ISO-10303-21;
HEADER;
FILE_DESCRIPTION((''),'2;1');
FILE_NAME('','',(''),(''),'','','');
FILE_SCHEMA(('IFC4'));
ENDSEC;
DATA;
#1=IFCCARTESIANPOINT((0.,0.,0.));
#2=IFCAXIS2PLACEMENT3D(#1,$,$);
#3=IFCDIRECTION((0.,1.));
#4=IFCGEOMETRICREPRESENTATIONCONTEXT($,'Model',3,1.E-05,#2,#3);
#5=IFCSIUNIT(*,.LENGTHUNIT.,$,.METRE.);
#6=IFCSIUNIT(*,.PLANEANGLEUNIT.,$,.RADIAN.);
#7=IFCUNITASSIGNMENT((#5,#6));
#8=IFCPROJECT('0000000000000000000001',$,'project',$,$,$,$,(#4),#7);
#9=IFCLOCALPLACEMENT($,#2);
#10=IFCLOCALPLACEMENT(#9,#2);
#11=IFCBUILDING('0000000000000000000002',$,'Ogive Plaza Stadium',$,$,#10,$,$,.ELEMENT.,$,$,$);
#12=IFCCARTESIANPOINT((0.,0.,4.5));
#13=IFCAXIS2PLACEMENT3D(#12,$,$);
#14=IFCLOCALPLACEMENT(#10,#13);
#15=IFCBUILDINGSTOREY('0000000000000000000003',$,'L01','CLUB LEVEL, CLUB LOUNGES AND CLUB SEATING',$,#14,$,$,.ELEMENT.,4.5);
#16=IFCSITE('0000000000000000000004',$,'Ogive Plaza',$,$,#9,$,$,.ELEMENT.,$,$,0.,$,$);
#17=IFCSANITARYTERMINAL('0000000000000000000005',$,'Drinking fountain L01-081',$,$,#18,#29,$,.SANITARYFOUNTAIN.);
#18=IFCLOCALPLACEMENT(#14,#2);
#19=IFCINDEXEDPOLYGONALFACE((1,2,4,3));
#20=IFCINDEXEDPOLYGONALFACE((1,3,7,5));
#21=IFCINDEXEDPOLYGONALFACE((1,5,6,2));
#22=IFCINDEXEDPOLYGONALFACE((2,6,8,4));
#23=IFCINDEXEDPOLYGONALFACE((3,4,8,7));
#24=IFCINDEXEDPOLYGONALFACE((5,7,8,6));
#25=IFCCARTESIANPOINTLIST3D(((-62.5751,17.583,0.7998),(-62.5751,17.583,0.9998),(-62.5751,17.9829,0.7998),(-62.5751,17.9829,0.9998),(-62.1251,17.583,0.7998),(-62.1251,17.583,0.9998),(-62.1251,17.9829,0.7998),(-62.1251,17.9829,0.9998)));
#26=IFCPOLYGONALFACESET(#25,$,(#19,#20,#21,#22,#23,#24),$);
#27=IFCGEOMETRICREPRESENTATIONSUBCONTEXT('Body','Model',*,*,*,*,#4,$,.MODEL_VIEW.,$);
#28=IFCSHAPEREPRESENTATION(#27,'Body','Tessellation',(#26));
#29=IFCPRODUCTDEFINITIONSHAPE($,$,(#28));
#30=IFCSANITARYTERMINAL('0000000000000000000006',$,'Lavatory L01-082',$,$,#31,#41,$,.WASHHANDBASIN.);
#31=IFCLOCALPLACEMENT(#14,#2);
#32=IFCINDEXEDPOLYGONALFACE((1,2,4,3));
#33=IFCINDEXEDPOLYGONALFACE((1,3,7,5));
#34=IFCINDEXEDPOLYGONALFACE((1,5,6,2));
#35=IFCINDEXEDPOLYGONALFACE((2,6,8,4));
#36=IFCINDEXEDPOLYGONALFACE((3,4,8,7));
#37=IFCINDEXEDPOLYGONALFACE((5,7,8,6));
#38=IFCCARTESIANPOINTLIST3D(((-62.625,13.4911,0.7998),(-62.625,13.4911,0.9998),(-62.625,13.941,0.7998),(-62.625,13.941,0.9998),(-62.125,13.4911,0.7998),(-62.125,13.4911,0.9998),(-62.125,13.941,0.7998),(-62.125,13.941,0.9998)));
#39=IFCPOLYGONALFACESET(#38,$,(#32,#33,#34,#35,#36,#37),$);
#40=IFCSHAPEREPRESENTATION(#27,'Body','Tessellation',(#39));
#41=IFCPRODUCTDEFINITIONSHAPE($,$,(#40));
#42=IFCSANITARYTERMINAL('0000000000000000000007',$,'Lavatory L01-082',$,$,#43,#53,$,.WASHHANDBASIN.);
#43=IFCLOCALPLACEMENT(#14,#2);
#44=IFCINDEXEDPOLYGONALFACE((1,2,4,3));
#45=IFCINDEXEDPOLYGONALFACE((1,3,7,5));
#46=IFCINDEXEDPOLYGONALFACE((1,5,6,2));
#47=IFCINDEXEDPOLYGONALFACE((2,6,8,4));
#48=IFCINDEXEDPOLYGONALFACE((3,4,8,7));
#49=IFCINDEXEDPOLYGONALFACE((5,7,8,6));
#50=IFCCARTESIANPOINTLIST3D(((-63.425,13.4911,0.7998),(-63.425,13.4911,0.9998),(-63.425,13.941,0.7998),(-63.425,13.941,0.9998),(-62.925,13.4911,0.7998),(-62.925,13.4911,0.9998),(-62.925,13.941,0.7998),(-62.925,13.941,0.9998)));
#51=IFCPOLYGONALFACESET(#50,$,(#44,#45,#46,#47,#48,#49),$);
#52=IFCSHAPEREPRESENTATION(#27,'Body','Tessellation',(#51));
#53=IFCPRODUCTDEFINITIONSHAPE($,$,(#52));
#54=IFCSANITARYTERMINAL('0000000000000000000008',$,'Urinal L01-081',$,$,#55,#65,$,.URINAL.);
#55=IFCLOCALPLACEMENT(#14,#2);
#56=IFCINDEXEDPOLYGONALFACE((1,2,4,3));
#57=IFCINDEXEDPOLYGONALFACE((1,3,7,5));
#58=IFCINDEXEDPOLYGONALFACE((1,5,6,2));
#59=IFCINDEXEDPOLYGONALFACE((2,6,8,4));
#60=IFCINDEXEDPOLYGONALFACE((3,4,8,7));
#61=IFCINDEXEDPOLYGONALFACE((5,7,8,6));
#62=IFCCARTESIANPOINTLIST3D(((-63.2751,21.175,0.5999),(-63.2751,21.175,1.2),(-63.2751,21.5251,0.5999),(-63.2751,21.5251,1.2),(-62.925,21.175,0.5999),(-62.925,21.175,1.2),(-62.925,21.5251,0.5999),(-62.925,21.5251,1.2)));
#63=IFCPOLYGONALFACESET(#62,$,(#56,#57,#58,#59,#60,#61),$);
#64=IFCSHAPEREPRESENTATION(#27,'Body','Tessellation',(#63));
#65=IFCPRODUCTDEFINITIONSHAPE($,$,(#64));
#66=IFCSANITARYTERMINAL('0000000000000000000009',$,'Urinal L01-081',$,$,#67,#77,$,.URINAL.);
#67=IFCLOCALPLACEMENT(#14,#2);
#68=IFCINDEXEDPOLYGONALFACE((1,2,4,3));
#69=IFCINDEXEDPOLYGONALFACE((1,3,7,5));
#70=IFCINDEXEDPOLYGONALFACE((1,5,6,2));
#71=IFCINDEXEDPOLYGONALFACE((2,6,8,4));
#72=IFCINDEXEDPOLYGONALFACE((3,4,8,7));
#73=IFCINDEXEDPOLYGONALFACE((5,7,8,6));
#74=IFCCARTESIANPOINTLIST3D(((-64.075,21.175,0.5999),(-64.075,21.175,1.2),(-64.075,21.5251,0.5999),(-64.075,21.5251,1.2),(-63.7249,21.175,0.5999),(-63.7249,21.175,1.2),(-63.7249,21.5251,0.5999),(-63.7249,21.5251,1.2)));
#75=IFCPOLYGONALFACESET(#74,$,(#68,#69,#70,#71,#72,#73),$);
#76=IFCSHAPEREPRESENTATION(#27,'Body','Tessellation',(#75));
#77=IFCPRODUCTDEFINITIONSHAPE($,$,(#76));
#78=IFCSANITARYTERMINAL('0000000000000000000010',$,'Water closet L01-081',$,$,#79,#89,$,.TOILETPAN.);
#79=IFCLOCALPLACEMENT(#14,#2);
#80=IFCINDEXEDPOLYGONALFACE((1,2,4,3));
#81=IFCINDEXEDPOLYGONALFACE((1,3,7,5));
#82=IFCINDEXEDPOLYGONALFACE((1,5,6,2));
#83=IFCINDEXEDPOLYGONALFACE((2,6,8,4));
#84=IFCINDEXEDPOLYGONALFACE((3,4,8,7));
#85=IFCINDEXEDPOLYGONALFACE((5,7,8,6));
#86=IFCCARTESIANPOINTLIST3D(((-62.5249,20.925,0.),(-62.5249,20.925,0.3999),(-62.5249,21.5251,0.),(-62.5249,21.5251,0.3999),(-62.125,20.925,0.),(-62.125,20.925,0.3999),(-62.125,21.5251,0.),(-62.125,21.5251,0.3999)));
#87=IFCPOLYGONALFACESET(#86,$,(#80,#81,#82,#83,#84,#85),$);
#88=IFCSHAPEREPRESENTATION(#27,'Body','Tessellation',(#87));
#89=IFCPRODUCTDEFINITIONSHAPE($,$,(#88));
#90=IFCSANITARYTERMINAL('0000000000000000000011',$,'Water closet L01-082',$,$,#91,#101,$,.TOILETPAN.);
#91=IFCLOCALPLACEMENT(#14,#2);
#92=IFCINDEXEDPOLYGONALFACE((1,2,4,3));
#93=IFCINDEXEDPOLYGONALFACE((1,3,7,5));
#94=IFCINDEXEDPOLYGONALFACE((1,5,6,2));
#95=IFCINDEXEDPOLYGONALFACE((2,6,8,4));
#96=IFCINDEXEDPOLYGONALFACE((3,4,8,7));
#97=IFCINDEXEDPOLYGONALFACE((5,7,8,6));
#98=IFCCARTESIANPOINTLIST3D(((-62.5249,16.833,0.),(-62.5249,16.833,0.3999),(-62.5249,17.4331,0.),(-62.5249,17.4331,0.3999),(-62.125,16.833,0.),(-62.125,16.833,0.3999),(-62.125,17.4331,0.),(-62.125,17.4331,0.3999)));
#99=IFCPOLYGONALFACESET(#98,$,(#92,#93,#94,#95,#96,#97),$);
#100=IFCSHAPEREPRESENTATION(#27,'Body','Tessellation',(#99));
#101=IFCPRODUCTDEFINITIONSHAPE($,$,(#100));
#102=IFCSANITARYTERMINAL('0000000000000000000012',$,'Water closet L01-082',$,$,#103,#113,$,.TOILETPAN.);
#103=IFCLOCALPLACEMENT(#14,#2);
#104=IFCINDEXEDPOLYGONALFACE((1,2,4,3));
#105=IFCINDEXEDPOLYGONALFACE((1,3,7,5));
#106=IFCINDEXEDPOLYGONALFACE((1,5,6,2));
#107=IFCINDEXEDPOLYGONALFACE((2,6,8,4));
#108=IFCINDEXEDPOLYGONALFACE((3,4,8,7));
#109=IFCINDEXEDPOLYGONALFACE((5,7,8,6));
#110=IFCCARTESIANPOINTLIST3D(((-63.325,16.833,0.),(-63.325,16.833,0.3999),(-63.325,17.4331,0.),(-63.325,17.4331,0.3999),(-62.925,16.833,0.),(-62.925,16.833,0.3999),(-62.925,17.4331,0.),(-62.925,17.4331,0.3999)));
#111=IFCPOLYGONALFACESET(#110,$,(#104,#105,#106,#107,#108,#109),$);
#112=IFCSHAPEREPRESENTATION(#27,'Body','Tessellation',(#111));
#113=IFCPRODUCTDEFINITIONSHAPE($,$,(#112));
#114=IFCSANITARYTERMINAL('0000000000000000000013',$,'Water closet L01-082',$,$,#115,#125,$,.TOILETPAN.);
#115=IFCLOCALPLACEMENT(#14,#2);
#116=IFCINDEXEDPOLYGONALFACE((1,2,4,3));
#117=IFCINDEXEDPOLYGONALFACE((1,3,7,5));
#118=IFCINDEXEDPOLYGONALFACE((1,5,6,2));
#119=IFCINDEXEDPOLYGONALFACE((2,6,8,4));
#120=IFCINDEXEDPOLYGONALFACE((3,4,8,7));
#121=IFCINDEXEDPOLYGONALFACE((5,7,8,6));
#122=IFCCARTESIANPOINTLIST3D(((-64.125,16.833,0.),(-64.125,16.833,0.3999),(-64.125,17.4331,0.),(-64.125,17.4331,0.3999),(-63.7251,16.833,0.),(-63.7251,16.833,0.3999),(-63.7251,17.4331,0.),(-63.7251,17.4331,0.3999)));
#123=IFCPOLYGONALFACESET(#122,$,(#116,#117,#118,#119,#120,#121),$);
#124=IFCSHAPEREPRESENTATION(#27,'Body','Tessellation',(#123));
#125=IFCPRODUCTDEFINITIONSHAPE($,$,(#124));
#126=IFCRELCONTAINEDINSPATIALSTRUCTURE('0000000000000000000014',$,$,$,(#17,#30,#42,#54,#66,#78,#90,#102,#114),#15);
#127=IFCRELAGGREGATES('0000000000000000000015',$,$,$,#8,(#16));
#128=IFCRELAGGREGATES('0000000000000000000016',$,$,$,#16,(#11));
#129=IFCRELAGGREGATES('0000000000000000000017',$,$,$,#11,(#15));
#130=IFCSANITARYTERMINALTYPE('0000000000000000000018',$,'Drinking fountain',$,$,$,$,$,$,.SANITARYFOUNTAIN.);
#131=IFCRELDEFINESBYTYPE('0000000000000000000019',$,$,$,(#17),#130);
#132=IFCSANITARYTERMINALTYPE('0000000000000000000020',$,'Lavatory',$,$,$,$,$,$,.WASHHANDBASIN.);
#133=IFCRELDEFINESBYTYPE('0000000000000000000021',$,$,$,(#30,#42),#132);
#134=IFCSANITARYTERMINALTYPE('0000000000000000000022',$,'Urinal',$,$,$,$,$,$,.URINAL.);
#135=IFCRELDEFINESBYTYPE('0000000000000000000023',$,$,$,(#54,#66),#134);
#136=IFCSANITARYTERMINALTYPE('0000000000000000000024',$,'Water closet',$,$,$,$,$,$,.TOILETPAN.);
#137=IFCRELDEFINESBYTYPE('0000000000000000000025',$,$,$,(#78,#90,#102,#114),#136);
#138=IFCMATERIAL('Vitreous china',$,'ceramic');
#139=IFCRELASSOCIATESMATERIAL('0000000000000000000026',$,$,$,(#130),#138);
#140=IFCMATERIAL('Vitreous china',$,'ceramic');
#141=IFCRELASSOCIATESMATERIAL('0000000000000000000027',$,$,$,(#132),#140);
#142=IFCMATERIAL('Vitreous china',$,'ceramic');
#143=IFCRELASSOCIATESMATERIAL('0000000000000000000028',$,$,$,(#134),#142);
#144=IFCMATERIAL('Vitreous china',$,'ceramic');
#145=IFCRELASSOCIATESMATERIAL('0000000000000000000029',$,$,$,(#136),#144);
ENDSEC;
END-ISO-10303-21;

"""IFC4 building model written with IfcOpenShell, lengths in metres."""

from ifc_helpers import new_model, si_unit, direction, frame, origin, origin_2d, place, context, subcontext, project, spatial, rectangle, extrude, material, type_object, element, save


model = new_model("IFC4")

# Units and contexts
model_context = context("Model", 3, precision=1e-05, world=origin(), true_north=direction((0.0, 1.0)))
body_context = subcontext(model_context, "Body", "Model", "MODEL_VIEW")
ifc_project = project(units=[si_unit("LENGTHUNIT", "METRE"), si_unit("PLANEANGLEUNIT", "RADIAN")], contexts=[model_context])

# Site, building, storey
site_placement = place(None, origin())
site = spatial("IfcSite", under=ifc_project, at=site_placement, Name="Ogive Plaza", CompositionType="ELEMENT", RefElevation=0.0)
building_placement = place(site_placement, origin())
building = spatial("IfcBuilding", under=site, at=building_placement, Name="Ogive Plaza Stadium", CompositionType="ELEMENT")
storey_placement = place(building_placement, frame((0.0, 0.0, 4.5)))
storey = spatial("IfcBuildingStorey", under=building, at=storey_placement, Name="L01", Description="CLUB LEVEL, CLUB LOUNGES AND CLUB SEATING", CompositionType="ELEMENT", Elevation=4.5)

# Sanitary terminals
ifc_material_1 = material(Name="Vitreous china", Category="ceramic")
sanitary_terminal_type_1 = type_object("IfcSanitaryTerminalType", Name="Drinking fountain", PredefinedType="SANITARYFOUNTAIN", material=ifc_material_1)
sanitary_terminal_placement = place(storey_placement, frame((-62.3501, 17.783, 0.7998), z_axis=(0.0, 0.0, 1.0), x_axis=(-1.0, 0.0, 0.0)))
element("IfcSanitaryTerminal", 1, at=sanitary_terminal_placement, inside=storey, type_object=sanitary_terminal_type_1, Name="Drinking fountain L01-081", PredefinedType="SANITARYFOUNTAIN", context=body_context, shape_type="SweptSolid", body=[
    extrude(rectangle(XDim=0.45, YDim=0.3999, at=origin_2d()), origin(), (0.0, 0.0, 1.0), 0.2),
])
ifc_material_2 = material(Name="Vitreous china", Category="ceramic")
sanitary_terminal_type_2 = type_object("IfcSanitaryTerminalType", Name="Lavatory", PredefinedType="WASHHANDBASIN", material=ifc_material_2)
for number, where, z_axis, x_axis, name in (
    (2, (-62.375, 13.7161, 0.7998), (0.0, 0.0, 1.0), (-1.0, 0.0, 0.0), "Lavatory L01-082"),
    (3, (-63.175, 13.7161, 0.7998), (0.0, 0.0, 1.0), (-1.0, 0.0, 0.0), "Lavatory L01-082"),
):
    element("IfcSanitaryTerminal", number, at=place(storey_placement, frame(where, z_axis=z_axis, x_axis=x_axis)), inside=storey, type_object=sanitary_terminal_type_2, Name=name, PredefinedType="WASHHANDBASIN", context=body_context, shape_type="SweptSolid", body=[
        extrude(rectangle(XDim=0.5, YDim=0.45, at=origin_2d()), origin(), (0.0, 0.0, 1.0), 0.2),
    ])
ifc_material_3 = material(Name="Vitreous china", Category="ceramic")
sanitary_terminal_type_3 = type_object("IfcSanitaryTerminalType", Name="Urinal", PredefinedType="URINAL", material=ifc_material_3)
for number, where, z_axis, x_axis, name in (
    (4, (-63.1001, 21.3501, 0.5999), (0.0, 0.0, 1.0), (-1.0, 0.0, 0.0), "Urinal L01-081"),
    (5, (-63.8999, 21.3501, 0.5999), (0.0, 0.0, 1.0), (-1.0, 0.0, 0.0), "Urinal L01-081"),
):
    element("IfcSanitaryTerminal", number, at=place(storey_placement, frame(where, z_axis=z_axis, x_axis=x_axis)), inside=storey, type_object=sanitary_terminal_type_3, Name=name, PredefinedType="URINAL", context=body_context, shape_type="SweptSolid", body=[
        extrude(rectangle(XDim=0.3501, YDim=0.3501, at=origin_2d()), origin(), (0.0, 0.0, 1.0), 0.6001),
    ])
ifc_material_4 = material(Name="Vitreous china", Category="ceramic")
sanitary_terminal_type_4 = type_object("IfcSanitaryTerminalType", Name="Water closet", PredefinedType="TOILETPAN", material=ifc_material_4)
for number, where, z_axis, x_axis, name in (
    (6, (-62.325, 21.2251, 0.0), (0.0, 0.0, 1.0), (-1.0, 0.0, 0.0), "Water closet L01-081"),
    (7, (-62.325, 17.1331, 0.0), (0.0, 0.0, 1.0), (-1.0, 0.0, 0.0), "Water closet L01-082"),
    (8, (-63.125, 17.1331, 0.0), (0.0, 0.0, 1.0), (-1.0, 0.0, 0.0), "Water closet L01-082"),
    (9, (-63.925, 17.1331, 0.0), (0.0, 0.0, 1.0), (-1.0, 0.0, 0.0), "Water closet L01-082"),
):
    element("IfcSanitaryTerminal", number, at=place(storey_placement, frame(where, z_axis=z_axis, x_axis=x_axis)), inside=storey, type_object=sanitary_terminal_type_4, Name=name, PredefinedType="TOILETPAN", context=body_context, shape_type="SweptSolid", body=[
        extrude(rectangle(XDim=0.3999, YDim=0.6001, at=origin_2d()), origin(), (0.0, 0.0, 1.0), 0.3999),
    ])

save(model, "model.ifc")
